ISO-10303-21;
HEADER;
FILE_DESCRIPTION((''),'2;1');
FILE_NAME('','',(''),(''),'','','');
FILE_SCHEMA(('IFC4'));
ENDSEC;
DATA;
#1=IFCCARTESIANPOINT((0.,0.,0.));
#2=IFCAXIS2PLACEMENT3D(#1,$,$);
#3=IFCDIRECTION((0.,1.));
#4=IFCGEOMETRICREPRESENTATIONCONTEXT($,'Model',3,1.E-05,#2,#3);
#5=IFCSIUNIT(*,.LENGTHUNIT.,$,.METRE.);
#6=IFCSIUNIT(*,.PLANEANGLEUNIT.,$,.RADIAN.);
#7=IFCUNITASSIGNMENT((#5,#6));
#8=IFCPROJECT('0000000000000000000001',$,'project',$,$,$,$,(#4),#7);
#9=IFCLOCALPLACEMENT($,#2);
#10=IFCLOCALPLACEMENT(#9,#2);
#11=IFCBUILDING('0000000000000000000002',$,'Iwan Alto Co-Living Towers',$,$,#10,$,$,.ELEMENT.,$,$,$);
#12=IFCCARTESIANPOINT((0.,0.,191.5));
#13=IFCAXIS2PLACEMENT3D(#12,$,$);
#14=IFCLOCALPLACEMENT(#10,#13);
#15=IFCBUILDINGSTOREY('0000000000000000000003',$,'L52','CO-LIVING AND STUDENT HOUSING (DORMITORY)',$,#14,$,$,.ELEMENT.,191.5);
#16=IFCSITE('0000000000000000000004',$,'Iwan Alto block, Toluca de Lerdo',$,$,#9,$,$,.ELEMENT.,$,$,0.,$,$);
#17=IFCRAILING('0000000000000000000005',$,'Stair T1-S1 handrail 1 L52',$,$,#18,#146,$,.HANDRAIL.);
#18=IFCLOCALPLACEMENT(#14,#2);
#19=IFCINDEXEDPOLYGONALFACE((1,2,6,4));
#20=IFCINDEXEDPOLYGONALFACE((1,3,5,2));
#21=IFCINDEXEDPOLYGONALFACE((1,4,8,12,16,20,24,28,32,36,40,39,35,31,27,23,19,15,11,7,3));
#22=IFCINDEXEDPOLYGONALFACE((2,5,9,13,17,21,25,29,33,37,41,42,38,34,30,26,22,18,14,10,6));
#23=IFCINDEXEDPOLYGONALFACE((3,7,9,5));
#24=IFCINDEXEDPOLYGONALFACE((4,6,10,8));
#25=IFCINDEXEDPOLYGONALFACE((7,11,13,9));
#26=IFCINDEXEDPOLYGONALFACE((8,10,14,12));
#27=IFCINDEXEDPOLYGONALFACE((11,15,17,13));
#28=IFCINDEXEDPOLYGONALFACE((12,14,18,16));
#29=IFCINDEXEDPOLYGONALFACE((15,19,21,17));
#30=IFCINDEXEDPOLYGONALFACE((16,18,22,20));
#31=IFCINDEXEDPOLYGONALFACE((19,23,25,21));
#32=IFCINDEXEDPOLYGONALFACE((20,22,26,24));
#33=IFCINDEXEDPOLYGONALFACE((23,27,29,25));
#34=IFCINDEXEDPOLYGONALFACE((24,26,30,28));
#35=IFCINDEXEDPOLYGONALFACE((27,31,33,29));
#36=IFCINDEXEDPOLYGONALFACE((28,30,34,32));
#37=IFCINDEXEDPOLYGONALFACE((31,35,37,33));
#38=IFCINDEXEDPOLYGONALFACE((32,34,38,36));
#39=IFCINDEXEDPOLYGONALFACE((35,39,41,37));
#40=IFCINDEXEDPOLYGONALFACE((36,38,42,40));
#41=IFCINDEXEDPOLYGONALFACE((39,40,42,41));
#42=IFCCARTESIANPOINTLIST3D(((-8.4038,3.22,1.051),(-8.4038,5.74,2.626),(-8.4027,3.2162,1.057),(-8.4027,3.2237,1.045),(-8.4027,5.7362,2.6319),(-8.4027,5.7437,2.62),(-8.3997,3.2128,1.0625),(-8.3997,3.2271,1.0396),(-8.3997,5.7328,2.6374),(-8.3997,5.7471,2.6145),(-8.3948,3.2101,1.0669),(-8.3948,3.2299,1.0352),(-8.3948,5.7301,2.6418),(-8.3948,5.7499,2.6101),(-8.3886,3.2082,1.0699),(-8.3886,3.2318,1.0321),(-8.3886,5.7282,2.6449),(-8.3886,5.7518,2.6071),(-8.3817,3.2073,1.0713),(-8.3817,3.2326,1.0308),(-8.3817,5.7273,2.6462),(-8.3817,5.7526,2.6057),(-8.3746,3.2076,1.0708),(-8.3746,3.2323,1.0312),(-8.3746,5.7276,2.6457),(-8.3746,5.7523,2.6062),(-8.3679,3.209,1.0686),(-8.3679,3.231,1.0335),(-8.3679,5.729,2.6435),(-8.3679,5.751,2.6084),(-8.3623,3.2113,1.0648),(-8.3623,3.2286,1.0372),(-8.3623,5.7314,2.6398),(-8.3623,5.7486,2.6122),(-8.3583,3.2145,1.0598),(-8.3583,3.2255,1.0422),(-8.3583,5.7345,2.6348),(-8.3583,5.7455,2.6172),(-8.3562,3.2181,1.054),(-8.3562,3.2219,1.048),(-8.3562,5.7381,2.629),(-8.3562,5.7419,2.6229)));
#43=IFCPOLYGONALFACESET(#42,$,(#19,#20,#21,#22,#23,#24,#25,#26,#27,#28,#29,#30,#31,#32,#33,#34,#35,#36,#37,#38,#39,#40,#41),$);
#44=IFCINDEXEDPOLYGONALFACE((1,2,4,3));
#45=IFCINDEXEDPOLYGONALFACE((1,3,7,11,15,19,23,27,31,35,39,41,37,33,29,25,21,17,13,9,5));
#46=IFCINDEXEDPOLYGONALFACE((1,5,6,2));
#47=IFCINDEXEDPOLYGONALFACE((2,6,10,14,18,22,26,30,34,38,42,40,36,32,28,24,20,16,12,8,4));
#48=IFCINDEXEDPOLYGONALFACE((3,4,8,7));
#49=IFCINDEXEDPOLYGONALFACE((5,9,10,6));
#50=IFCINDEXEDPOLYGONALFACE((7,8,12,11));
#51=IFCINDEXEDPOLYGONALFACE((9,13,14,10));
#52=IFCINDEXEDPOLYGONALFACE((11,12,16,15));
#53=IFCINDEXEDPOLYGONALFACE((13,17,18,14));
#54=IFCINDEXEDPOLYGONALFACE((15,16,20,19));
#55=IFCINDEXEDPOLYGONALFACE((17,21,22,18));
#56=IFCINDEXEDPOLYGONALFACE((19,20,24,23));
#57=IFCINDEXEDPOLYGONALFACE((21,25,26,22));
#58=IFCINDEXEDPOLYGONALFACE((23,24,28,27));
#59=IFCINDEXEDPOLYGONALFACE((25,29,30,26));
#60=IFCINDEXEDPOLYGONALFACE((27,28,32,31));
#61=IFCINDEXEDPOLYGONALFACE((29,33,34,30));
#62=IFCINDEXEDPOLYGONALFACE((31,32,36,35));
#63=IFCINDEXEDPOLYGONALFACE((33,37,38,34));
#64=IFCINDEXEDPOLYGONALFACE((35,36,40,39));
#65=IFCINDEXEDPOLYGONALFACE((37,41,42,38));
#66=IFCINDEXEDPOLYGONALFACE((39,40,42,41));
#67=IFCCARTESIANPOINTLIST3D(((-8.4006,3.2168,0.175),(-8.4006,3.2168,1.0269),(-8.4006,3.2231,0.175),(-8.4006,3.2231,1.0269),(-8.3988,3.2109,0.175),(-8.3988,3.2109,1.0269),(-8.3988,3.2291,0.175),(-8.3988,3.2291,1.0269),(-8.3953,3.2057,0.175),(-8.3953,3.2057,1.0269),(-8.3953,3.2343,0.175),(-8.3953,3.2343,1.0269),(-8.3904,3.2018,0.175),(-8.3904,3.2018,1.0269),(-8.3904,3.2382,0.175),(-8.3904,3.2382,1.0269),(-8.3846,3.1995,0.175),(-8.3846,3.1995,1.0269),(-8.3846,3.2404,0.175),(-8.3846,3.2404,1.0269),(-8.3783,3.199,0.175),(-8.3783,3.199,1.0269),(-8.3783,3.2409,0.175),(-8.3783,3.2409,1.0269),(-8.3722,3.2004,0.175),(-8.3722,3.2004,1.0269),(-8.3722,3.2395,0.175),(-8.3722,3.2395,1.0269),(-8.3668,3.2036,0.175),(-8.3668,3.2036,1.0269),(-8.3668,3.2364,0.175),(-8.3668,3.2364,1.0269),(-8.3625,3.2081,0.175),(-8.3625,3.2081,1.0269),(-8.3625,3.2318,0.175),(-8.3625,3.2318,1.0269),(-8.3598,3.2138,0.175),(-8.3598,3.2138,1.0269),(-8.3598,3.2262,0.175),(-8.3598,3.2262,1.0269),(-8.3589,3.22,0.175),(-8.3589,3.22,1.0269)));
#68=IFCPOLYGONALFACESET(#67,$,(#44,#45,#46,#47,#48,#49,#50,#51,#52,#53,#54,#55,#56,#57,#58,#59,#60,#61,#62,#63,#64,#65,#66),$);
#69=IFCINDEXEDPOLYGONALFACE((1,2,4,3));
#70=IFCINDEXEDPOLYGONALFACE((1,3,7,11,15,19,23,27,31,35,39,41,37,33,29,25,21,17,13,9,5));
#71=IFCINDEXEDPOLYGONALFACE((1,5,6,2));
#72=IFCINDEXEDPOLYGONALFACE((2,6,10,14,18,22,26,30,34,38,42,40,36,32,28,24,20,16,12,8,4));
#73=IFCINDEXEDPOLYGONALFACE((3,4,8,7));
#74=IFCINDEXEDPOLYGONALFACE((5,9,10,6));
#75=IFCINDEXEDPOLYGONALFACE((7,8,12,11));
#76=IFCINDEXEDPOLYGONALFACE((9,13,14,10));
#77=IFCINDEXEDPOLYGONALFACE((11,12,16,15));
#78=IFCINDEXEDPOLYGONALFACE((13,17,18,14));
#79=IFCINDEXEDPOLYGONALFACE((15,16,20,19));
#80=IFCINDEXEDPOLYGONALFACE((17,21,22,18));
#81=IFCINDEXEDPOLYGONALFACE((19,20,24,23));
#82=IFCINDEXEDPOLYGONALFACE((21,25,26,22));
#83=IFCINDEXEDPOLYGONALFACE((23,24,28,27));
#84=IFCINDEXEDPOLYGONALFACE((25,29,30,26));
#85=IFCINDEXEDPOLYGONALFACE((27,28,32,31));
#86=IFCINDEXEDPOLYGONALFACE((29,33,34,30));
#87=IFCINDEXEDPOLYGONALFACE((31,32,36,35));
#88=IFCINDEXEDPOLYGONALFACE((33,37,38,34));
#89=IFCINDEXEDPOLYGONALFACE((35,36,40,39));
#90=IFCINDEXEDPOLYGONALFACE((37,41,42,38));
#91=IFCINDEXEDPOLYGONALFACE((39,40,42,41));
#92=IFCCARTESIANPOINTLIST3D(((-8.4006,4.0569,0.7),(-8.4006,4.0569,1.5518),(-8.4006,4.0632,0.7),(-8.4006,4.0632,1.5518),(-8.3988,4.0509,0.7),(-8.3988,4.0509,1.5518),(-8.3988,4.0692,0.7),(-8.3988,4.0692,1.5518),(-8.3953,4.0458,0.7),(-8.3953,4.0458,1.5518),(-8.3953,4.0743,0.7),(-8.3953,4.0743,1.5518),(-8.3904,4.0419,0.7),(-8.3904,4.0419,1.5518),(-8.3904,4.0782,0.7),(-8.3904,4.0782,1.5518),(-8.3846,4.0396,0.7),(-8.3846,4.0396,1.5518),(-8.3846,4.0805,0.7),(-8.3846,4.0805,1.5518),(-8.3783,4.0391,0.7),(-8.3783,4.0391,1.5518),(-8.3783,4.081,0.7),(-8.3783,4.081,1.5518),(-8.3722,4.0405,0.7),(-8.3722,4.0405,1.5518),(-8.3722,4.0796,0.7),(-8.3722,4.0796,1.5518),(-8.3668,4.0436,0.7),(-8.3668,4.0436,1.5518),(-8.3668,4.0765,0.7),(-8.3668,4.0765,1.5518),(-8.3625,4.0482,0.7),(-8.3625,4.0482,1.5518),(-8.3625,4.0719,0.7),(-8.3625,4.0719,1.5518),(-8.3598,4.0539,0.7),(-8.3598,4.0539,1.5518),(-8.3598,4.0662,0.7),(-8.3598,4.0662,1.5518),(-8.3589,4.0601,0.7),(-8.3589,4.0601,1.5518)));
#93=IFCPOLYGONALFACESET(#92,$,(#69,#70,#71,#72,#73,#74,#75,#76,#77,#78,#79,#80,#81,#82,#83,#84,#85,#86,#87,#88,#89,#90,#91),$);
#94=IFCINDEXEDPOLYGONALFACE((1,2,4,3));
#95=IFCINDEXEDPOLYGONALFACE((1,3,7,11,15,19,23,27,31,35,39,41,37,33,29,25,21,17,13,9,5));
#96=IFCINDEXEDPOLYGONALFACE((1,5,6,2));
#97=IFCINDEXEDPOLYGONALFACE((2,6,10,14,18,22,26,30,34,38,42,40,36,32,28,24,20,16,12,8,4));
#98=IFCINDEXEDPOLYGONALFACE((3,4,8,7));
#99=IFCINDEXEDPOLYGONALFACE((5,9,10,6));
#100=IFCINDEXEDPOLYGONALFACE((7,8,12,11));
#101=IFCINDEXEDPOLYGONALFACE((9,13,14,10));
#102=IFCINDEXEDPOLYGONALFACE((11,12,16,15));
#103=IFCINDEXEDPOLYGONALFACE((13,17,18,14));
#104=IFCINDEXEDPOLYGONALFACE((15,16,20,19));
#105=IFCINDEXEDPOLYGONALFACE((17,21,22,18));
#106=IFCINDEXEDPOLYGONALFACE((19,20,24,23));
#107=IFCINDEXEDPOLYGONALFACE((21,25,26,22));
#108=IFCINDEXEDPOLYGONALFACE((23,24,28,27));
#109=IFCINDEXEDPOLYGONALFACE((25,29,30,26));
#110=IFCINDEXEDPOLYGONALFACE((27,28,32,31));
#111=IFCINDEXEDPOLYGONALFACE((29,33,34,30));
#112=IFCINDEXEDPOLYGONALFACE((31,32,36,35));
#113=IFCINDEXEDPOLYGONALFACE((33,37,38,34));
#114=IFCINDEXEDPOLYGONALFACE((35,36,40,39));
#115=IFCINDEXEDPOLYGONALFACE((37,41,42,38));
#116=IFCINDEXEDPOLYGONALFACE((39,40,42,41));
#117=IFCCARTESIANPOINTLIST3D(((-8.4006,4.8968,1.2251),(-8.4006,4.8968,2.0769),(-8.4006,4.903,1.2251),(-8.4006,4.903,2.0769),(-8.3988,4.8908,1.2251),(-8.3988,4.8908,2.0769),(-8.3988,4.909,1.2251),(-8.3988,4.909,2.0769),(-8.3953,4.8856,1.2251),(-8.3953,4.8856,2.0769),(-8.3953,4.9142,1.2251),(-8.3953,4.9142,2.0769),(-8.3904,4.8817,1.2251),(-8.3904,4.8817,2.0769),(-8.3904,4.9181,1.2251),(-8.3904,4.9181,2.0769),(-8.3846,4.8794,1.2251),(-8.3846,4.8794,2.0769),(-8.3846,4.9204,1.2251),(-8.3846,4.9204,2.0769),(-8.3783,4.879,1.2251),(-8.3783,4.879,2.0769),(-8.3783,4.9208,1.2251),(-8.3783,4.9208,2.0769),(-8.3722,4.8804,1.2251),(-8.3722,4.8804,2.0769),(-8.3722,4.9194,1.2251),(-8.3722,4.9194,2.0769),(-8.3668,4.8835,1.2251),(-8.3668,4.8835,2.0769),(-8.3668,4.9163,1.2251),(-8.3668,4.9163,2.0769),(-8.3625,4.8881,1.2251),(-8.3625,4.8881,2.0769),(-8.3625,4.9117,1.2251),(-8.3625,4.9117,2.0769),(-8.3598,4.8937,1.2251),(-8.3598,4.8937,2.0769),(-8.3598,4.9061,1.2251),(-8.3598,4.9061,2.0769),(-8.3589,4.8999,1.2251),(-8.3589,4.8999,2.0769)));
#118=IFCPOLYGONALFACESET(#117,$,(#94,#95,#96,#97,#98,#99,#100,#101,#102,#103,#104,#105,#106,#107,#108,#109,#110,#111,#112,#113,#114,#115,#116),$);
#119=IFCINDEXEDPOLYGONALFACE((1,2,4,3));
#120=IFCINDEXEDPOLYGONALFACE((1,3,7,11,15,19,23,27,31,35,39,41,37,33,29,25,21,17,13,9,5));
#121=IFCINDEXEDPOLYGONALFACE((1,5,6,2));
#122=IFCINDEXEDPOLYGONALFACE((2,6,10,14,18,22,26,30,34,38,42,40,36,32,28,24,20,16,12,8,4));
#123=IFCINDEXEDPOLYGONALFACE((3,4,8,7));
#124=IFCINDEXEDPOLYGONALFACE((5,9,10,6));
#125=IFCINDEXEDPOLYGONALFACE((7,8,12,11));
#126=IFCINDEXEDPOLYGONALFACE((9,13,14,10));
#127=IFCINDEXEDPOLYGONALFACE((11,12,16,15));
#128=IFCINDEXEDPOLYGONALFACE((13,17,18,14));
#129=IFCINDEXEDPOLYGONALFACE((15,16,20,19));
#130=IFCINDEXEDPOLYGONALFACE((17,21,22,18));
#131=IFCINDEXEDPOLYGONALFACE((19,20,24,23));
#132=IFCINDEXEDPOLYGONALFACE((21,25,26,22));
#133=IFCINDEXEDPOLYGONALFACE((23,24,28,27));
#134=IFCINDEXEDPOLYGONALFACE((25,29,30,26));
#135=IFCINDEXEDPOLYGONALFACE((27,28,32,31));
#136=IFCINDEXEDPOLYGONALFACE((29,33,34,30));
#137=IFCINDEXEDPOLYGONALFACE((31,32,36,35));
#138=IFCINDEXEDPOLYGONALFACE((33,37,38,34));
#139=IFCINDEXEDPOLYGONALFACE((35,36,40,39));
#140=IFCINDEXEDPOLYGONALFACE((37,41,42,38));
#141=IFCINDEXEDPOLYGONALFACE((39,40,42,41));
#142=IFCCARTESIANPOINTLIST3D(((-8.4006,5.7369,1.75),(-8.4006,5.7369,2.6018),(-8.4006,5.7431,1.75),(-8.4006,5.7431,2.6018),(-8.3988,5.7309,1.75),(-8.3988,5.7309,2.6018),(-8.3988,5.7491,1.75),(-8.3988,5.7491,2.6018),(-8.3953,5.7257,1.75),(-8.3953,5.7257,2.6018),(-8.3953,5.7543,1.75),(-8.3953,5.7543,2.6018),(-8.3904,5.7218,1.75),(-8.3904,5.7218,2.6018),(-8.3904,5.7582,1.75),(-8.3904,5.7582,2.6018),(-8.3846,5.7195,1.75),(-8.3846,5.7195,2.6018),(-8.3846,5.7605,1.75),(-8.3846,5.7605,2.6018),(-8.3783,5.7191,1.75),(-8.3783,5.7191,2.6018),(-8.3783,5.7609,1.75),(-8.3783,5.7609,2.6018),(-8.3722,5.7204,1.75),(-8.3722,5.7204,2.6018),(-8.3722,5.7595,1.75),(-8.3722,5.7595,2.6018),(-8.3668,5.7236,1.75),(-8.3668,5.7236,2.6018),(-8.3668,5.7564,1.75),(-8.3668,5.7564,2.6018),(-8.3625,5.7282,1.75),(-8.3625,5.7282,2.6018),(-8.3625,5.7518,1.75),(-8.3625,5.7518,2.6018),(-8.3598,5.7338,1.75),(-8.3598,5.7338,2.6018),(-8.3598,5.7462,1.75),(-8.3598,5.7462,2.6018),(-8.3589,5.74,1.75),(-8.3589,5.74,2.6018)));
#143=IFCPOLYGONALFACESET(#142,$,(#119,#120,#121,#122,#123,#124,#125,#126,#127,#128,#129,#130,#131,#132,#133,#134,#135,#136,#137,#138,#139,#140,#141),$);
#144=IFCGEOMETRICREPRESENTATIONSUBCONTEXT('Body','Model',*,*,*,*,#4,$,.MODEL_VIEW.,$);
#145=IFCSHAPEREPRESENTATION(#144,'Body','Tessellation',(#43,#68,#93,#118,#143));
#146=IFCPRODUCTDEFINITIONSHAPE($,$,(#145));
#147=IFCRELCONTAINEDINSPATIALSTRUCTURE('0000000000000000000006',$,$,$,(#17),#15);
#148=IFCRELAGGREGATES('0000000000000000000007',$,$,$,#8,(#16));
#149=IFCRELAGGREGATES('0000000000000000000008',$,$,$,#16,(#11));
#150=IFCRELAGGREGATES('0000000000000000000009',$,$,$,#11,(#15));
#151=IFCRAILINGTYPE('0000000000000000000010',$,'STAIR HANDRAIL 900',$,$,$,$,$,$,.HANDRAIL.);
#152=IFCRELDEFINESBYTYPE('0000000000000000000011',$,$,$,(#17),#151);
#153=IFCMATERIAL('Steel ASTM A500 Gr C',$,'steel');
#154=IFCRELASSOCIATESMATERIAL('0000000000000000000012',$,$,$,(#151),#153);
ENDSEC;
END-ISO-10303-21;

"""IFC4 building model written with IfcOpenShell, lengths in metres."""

from ifc_helpers import new_model, si_unit, direction, frame, origin, origin_2d, place, context, subcontext, project, spatial, circle, extrude, material, type_object, element, save


model = new_model("IFC4")

# Units and contexts
model_context = context("Model", 3, precision=1e-05, world=origin(), true_north=direction((0.0, 1.0)))
body_context = subcontext(model_context, "Body", "Model", "MODEL_VIEW")
ifc_project = project(units=[si_unit("LENGTHUNIT", "METRE"), si_unit("PLANEANGLEUNIT", "RADIAN")], contexts=[model_context])

# Site, building, storey
site_placement = place(None, origin())
site = spatial("IfcSite", under=ifc_project, at=site_placement, Name="Iwan Alto block, Toluca de Lerdo", CompositionType="ELEMENT", RefElevation=0.0)
building_placement = place(site_placement, origin())
building = spatial("IfcBuilding", under=site, at=building_placement, Name="Iwan Alto Co-Living Towers", CompositionType="ELEMENT")
storey_placement = place(building_placement, frame((0.0, 0.0, 191.5)))
storey = spatial("IfcBuildingStorey", under=building, at=storey_placement, Name="L52", Description="CO-LIVING AND STUDENT HOUSING (DORMITORY)", CompositionType="ELEMENT", Elevation=191.5)

# Railing
ifc_material_1 = material(Name="Steel ASTM A500 Gr C", Category="steel")
railing_type_1 = type_object("IfcRailingType", Name="STAIR HANDRAIL 900", PredefinedType="HANDRAIL", material=ifc_material_1)
railing_1_placement = place(storey_placement, frame((-8.3799, 3.22, 0.175)))
element("IfcRailing", 1, at=railing_1_placement, inside=storey, type_object=railing_type_1, Name="Stair T1-S1 handrail 1 L52", PredefinedType="HANDRAIL", context=body_context, shape_type="SweptSolid", body=[
    extrude(circle(Radius=0.0239, at=origin_2d()), frame((0.0, 0.0, 0.876), z_axis=(0.0, 0.848008, 0.529984), x_axis=(-1.0, 0.0, 0.0)), (0.0, 0.0, 1.0), 2.9717),
    extrude(circle(Radius=0.021, at=origin_2d()), origin(), (0.0, 0.0, 1.0), 0.8518),
    extrude(circle(Radius=0.021, at=origin_2d()), frame((0.0, 0.8401, 0.5249)), (0.0, 0.0, 1.0), 0.8518),
    extrude(circle(Radius=0.021, at=origin_2d()), frame((0.0, 1.6799, 1.05)), (0.0, 0.0, 1.0), 0.8518),
    extrude(circle(Radius=0.021, at=origin_2d()), frame((0.0, 2.52, 1.575)), (0.0, 0.0, 1.0), 0.8518),
])

save(model, "model.ifc")
